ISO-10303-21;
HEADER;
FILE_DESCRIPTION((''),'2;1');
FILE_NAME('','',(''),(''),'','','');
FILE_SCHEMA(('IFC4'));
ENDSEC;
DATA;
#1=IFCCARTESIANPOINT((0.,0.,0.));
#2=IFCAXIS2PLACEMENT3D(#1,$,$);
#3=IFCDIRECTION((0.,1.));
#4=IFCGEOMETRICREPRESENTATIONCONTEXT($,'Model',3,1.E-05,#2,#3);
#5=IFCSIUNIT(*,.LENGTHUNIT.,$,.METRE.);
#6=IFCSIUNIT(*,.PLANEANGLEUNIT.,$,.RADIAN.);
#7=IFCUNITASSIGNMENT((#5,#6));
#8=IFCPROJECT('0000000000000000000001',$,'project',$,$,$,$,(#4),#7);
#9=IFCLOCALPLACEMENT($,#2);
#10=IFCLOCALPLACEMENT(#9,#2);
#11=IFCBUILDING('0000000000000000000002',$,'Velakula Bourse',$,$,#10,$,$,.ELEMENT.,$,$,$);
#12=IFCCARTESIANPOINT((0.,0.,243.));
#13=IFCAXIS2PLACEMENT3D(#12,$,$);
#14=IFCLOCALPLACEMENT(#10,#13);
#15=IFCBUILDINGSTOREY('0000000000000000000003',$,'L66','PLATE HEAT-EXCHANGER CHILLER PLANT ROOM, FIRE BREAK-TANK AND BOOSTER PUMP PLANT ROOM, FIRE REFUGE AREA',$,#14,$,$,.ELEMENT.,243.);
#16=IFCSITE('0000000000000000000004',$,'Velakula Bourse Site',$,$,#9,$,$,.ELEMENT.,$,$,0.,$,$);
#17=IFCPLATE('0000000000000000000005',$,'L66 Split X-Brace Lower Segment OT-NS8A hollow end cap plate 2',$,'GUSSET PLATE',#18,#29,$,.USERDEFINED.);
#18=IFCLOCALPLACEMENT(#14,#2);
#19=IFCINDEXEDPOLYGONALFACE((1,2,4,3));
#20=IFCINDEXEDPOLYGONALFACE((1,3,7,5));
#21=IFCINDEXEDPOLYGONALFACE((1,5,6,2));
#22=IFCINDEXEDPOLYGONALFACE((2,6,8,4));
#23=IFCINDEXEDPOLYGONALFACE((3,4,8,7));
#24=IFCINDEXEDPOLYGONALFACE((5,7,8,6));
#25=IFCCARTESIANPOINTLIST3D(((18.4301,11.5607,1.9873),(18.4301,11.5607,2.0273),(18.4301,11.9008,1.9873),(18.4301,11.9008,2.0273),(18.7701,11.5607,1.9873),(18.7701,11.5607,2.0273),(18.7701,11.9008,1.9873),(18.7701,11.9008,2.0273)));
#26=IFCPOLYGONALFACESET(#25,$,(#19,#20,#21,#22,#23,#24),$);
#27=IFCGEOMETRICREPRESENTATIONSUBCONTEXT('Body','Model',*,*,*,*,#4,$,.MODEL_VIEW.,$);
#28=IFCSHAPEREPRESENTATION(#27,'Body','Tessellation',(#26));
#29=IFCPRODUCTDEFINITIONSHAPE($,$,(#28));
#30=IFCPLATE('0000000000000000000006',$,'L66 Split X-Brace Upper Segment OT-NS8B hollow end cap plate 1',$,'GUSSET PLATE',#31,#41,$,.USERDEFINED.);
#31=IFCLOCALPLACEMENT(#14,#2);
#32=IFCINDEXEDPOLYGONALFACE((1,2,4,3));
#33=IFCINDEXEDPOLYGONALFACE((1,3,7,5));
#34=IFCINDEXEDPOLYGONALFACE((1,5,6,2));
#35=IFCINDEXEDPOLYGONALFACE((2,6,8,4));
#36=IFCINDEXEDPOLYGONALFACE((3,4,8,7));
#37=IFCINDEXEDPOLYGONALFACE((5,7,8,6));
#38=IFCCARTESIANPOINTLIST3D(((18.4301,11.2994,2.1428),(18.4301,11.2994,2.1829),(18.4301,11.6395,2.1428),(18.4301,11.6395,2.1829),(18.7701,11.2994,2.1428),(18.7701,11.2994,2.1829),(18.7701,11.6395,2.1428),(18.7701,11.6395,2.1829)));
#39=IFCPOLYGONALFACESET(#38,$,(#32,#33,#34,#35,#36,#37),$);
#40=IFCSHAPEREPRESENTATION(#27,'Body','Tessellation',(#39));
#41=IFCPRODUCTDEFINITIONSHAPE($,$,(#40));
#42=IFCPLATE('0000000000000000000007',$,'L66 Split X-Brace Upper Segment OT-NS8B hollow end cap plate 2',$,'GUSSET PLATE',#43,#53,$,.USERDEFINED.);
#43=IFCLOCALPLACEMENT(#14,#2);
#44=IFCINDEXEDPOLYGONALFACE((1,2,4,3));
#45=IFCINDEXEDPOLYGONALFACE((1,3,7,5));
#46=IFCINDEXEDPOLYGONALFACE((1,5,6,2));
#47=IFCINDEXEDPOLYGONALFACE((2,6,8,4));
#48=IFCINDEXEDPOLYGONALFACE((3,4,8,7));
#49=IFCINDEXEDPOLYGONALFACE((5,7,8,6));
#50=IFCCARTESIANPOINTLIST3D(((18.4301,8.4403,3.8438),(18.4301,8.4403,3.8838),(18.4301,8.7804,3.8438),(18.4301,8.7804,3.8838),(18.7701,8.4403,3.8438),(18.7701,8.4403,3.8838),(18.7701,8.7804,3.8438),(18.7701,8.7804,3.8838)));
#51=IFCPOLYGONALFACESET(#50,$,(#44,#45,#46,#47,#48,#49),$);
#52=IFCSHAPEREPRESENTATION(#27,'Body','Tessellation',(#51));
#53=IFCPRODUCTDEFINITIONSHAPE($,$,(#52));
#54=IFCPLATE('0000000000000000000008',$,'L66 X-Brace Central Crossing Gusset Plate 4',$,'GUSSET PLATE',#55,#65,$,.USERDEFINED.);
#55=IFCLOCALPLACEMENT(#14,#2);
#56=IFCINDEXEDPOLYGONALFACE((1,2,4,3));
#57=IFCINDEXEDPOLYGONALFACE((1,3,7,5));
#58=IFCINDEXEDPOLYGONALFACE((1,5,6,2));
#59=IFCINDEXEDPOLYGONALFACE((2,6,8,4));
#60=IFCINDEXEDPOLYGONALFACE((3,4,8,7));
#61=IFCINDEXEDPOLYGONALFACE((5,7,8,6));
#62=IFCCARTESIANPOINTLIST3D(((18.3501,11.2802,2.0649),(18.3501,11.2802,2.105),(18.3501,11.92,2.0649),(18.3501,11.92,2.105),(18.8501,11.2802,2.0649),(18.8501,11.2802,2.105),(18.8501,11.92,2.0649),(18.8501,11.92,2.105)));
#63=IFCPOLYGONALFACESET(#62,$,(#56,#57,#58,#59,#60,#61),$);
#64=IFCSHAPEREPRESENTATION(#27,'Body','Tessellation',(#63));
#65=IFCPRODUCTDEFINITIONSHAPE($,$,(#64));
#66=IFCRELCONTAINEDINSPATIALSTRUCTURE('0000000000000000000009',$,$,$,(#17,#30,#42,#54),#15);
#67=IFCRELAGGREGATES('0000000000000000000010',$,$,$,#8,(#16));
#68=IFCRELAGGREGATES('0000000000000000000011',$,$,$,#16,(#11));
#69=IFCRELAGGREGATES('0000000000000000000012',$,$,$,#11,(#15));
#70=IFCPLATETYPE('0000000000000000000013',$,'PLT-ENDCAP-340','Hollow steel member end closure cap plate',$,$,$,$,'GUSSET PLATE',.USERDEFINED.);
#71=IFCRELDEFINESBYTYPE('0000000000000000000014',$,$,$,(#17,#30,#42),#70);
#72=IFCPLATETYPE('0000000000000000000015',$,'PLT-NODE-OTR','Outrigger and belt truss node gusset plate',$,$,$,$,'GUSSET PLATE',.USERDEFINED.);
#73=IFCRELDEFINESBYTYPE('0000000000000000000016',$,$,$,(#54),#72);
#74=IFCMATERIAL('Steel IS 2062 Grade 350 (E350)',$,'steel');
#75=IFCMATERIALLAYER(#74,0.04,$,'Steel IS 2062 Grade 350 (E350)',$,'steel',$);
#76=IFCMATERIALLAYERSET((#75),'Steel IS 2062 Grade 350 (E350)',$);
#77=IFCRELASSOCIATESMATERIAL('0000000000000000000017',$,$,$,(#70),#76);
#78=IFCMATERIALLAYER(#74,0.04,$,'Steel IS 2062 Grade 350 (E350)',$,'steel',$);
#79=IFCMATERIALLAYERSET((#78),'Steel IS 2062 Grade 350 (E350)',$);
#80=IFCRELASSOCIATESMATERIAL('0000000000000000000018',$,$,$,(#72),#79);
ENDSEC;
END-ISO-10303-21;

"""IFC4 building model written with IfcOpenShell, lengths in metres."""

from ifc_helpers import new_model, si_unit, direction, frame, origin, origin_2d, place, context, subcontext, project, spatial, rectangle, extrude, material, layer, layer_set, type_object, element, save


model = new_model("IFC4")

# Units and contexts
model_context = context("Model", 3, precision=1e-05, world=origin(), true_north=direction((0.0, 1.0)))
body_context = subcontext(model_context, "Body", "Model", "MODEL_VIEW")
ifc_project = project(units=[si_unit("LENGTHUNIT", "METRE"), si_unit("PLANEANGLEUNIT", "RADIAN")], contexts=[model_context])

# Site, building, storey
site_placement = place(None, origin())
site = spatial("IfcSite", under=ifc_project, at=site_placement, Name="Velakula Bourse Site", CompositionType="ELEMENT", RefElevation=0.0)
building_placement = place(site_placement, origin())
building = spatial("IfcBuilding", under=site, at=building_placement, Name="Velakula Bourse", CompositionType="ELEMENT")
storey_placement = place(building_placement, frame((0.0, 0.0, 243.0)))
storey = spatial("IfcBuildingStorey", under=building, at=storey_placement, Name="L66", Description="PLATE HEAT-EXCHANGER CHILLER PLANT ROOM, FIRE BREAK-TANK AND BOOSTER PUMP PLANT ROOM, FIRE REFUGE AREA", CompositionType="ELEMENT", Elevation=243.0)

# Shared definitions
ifc_material_1 = material(Name="Steel IS 2062 Grade 350 (E350)", Category="steel")

# Plates
ifc_layer_1 = layer(ifc_material_1, 0.04, Name="Steel IS 2062 Grade 350 (E350)", Category="steel")
ifc_layer_set_1 = layer_set([ifc_layer_1], Name="Steel IS 2062 Grade 350 (E350)")
plate_type_1 = type_object("IfcPlateType", Name="PLT-ENDCAP-340", Description="Hollow steel member end closure cap plate", ElementType="GUSSET PLATE", PredefinedType="USERDEFINED", material=ifc_layer_set_1)
for number, where, z_axis, x_axis, name in (
    (1, (18.6001, 11.7307, 1.9873), (0.0, 0.0, 1.0), (0.0, -1.0, 0.0), "L66 Split X-Brace Lower Segment OT-NS8A hollow end cap plate 2"),
    (2, (18.6001, 11.4695, 2.1428), (0.0, 0.0, 1.0), (0.0, -1.0, 0.0), "L66 Split X-Brace Upper Segment OT-NS8B hollow end cap plate 1"),
    (3, (18.6001, 8.6104, 3.8438), (0.0, 0.0, 1.0), (0.0, -1.0, 0.0), "L66 Split X-Brace Upper Segment OT-NS8B hollow end cap plate 2"),
):
    element("IfcPlate", number, at=place(storey_placement, frame(where, z_axis=z_axis, x_axis=x_axis)), inside=storey, type_object=plate_type_1, Name=name, ObjectType="GUSSET PLATE", PredefinedType="USERDEFINED", context=body_context, shape_type="SweptSolid", body=[
        extrude(rectangle(XDim=0.3401, YDim=0.3401, at=origin_2d()), origin(), (0.0, 0.0, 1.0), 0.04),
    ])
ifc_layer_2 = layer(ifc_material_1, 0.04, Name="Steel IS 2062 Grade 350 (E350)", Category="steel")
ifc_layer_set_2 = layer_set([ifc_layer_2], Name="Steel IS 2062 Grade 350 (E350)")
plate_type_2 = type_object("IfcPlateType", Name="PLT-NODE-OTR", Description="Outrigger and belt truss node gusset plate", ElementType="GUSSET PLATE", PredefinedType="USERDEFINED", material=ifc_layer_set_2)
plate_placement = place(storey_placement, frame((18.6001, 11.6001, 2.0649), z_axis=(0.0, 0.0, 1.0), x_axis=(0.0, 1.0, 0.0)))
element("IfcPlate", 4, at=plate_placement, inside=storey, type_object=plate_type_2, Name="L66 X-Brace Central Crossing Gusset Plate 4", ObjectType="GUSSET PLATE", PredefinedType="USERDEFINED", context=body_context, shape_type="SweptSolid", body=[
    extrude(rectangle(XDim=0.6399, YDim=0.5, at=origin_2d()), origin(), (0.0, 0.0, 1.0), 0.04),
])

save(model, "model.ifc")
